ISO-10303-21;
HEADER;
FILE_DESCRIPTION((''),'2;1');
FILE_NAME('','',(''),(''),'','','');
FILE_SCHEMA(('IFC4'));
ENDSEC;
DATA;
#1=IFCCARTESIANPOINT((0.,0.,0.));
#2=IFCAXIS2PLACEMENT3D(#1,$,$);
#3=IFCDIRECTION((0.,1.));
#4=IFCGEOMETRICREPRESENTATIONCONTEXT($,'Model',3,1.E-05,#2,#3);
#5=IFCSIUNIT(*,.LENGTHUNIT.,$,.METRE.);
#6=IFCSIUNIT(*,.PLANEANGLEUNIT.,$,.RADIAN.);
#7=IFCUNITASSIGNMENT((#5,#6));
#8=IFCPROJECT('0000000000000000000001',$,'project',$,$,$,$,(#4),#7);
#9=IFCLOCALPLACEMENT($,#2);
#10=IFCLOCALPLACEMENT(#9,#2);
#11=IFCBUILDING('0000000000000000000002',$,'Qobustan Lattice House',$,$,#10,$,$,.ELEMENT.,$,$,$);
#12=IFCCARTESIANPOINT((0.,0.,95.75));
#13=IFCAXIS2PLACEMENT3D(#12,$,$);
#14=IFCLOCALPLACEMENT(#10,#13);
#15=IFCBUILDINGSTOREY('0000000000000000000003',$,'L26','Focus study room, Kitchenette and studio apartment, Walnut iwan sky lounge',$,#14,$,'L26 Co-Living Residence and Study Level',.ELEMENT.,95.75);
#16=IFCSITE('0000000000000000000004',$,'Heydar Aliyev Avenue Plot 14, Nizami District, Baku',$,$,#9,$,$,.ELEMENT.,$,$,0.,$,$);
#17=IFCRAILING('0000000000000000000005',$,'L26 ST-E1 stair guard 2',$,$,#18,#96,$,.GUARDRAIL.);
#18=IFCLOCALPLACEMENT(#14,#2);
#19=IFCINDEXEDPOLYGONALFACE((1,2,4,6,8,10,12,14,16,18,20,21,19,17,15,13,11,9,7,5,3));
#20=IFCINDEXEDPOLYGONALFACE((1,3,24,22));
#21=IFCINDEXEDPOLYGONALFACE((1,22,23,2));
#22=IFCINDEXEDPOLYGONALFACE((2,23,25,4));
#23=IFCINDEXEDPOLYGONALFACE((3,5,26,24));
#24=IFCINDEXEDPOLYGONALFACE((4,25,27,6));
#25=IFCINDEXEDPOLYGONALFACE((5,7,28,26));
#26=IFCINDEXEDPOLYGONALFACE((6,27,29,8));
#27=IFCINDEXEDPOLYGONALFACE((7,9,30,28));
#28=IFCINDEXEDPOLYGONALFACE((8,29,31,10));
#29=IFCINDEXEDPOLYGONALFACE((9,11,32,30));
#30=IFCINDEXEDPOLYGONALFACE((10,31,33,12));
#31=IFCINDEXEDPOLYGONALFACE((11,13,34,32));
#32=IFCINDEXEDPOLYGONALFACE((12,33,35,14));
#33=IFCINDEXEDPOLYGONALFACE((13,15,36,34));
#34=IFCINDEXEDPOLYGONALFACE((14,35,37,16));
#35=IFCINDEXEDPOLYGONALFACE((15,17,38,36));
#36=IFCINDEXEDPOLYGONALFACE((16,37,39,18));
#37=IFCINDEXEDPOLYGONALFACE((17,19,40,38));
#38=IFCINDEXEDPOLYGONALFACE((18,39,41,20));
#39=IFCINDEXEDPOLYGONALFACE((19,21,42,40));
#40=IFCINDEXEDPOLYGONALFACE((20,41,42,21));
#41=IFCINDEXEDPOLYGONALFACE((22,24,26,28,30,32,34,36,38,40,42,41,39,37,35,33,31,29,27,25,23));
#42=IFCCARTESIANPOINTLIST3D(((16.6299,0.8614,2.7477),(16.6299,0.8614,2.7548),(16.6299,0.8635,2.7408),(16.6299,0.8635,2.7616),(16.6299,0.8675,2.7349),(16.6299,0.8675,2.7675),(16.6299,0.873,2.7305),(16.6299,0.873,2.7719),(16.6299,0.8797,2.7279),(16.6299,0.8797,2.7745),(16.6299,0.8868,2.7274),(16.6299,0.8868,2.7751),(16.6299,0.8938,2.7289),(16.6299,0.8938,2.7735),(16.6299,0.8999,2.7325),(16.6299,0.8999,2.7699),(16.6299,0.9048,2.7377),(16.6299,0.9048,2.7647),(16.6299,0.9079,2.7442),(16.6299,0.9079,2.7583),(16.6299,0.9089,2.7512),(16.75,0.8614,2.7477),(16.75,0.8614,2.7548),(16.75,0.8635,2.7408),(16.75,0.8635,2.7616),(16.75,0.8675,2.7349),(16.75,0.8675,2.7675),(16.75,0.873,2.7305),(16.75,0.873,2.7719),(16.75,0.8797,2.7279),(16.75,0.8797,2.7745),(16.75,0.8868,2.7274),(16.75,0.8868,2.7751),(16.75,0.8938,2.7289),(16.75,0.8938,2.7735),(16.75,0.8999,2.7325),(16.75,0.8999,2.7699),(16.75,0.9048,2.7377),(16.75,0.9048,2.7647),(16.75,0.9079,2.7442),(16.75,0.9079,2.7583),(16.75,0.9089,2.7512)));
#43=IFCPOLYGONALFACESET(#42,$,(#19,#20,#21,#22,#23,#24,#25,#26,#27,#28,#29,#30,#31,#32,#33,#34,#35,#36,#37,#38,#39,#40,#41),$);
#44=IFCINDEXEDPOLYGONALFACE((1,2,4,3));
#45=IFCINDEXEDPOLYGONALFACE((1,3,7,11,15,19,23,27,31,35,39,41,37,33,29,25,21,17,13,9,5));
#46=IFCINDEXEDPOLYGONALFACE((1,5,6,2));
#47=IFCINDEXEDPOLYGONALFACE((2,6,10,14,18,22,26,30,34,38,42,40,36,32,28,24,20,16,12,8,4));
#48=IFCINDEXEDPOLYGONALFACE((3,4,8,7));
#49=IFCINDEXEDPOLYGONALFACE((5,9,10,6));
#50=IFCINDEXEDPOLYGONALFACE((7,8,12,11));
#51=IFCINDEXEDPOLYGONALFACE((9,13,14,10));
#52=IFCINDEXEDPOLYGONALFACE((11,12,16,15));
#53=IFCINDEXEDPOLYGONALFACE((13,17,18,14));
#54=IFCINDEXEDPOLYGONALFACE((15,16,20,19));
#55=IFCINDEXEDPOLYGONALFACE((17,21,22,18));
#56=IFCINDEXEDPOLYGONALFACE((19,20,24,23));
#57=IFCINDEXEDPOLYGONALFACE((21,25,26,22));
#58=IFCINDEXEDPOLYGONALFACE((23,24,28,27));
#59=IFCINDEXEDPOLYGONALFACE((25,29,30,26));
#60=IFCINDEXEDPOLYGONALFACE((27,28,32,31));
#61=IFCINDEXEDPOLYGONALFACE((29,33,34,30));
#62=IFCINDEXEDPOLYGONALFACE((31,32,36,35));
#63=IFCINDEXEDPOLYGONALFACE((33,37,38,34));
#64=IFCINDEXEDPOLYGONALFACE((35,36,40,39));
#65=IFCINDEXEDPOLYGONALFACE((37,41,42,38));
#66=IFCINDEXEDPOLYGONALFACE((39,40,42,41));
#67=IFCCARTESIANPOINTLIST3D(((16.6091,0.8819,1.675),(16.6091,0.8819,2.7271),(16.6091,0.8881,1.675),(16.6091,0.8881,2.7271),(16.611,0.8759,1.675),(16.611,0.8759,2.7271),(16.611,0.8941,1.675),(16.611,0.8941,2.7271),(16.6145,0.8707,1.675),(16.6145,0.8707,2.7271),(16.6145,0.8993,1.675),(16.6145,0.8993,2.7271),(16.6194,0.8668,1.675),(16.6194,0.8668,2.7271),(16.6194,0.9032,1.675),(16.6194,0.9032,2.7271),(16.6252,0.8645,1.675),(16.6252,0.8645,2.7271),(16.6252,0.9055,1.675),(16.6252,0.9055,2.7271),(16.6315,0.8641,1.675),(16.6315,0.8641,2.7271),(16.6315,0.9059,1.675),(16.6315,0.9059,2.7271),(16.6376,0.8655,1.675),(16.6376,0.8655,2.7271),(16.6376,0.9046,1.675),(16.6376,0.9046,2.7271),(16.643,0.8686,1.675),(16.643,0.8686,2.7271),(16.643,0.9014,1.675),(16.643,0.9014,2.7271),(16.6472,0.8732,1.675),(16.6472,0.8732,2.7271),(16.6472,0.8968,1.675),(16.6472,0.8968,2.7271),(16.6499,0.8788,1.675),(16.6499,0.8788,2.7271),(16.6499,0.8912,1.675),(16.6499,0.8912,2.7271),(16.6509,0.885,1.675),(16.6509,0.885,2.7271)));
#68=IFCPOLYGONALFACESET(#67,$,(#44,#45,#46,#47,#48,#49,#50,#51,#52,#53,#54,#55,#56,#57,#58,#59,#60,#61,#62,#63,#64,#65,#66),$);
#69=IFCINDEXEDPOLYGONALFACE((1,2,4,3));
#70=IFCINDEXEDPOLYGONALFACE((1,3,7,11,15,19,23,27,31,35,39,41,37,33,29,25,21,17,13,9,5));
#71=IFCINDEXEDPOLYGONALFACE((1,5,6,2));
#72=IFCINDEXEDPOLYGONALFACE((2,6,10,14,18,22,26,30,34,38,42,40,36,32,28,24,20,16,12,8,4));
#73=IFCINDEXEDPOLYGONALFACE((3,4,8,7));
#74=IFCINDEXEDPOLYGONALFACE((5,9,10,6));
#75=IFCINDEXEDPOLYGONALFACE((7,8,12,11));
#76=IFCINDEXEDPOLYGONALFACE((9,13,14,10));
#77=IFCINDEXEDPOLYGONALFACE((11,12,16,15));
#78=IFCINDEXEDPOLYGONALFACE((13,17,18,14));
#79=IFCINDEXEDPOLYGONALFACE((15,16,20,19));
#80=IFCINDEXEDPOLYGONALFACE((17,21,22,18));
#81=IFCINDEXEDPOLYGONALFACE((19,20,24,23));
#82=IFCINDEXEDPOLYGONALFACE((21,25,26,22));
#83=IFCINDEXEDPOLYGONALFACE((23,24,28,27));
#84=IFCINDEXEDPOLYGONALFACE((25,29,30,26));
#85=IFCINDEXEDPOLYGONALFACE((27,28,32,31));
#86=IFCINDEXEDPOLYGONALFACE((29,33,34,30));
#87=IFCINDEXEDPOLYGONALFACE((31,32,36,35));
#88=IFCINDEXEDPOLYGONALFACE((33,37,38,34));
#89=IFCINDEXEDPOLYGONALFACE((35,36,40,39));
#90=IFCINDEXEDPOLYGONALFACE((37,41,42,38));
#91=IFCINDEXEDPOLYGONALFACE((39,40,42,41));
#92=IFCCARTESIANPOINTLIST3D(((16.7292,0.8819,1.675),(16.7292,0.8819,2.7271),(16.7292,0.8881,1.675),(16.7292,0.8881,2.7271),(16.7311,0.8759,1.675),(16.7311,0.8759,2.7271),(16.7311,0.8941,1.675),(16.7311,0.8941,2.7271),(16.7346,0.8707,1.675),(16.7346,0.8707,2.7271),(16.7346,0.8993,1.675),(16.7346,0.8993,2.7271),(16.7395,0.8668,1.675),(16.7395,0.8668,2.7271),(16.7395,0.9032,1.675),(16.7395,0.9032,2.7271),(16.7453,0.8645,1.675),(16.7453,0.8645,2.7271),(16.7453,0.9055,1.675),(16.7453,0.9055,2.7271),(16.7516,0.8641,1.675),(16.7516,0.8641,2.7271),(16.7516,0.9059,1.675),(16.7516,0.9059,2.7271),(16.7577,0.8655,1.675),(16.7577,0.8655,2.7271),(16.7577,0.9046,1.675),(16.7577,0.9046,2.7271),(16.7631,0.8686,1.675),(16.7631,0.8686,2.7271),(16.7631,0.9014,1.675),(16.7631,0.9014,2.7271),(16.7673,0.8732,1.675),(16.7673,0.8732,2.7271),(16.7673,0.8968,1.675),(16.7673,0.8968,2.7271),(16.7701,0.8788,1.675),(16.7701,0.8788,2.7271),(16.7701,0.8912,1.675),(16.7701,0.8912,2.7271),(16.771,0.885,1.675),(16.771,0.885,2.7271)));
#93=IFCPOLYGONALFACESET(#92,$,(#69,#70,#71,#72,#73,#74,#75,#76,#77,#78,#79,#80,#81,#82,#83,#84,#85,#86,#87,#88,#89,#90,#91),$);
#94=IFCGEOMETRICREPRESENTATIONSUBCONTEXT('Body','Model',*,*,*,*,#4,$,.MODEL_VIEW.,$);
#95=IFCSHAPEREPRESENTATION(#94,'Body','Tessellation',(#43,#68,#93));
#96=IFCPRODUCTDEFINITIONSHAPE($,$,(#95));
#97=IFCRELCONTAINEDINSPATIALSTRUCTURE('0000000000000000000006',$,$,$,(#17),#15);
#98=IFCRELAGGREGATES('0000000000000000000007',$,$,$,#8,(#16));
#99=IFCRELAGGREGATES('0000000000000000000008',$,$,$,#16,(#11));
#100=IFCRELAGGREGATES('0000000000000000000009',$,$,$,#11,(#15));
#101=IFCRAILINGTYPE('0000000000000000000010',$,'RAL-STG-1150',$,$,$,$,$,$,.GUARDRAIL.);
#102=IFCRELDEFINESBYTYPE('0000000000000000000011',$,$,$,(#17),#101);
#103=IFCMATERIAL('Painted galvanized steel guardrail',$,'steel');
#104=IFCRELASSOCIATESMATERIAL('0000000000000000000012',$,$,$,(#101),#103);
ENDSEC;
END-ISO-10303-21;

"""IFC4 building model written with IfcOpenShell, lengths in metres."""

from ifc_helpers import new_model, si_unit, direction, frame, origin, origin_2d, place, context, subcontext, project, spatial, circle, extrude, material, type_object, element, save


model = new_model("IFC4")

# Units and contexts
model_context = context("Model", 3, precision=1e-05, world=origin(), true_north=direction((0.0, 1.0)))
body_context = subcontext(model_context, "Body", "Model", "MODEL_VIEW")
ifc_project = project(units=[si_unit("LENGTHUNIT", "METRE"), si_unit("PLANEANGLEUNIT", "RADIAN")], contexts=[model_context])

# Site, building, storey
site_placement = place(None, origin())
site = spatial("IfcSite", under=ifc_project, at=site_placement, Name="Heydar Aliyev Avenue Plot 14, Nizami District, Baku", CompositionType="ELEMENT", RefElevation=0.0)
building_placement = place(site_placement, origin())
building = spatial("IfcBuilding", under=site, at=building_placement, Name="Qobustan Lattice House", CompositionType="ELEMENT")
storey_placement = place(building_placement, frame((0.0, 0.0, 95.75)))
storey = spatial("IfcBuildingStorey", under=building, at=storey_placement, Name="L26", Description="Focus study room, Kitchenette and studio apartment, Walnut iwan sky lounge", LongName="L26 Co-Living Residence and Study Level", CompositionType="ELEMENT", Elevation=95.75)

# Railing
ifc_material_1 = material(Name="Painted galvanized steel guardrail", Category="steel")
railing_type_1 = type_object("IfcRailingType", Name="RAL-STG-1150", PredefinedType="GUARDRAIL", material=ifc_material_1)
railing_1_placement = place(storey_placement, frame((16.6299, 0.885, 1.675)))
element("IfcRailing", 1, at=railing_1_placement, inside=storey, type_object=railing_type_1, Name="L26 ST-E1 stair guard 2", PredefinedType="GUARDRAIL", context=body_context, shape_type="SweptSolid", body=[
    extrude(circle(Radius=0.0239, at=origin_2d()), frame((0.0, 0.0, 1.0762), z_axis=(1.0, 0.0, 0.0), x_axis=(0.0, 1.0, 0.0)), (0.0, 0.0, 1.0), 0.1201),
    extrude(circle(Radius=0.021, at=origin_2d()), origin(), (0.0, 0.0, 1.0), 1.052),
    extrude(circle(Radius=0.021, at=origin_2d()), frame((0.1201, 0.0, 0.0)), (0.0, 0.0, 1.0), 1.052),
])

save(model, "model.ifc")
